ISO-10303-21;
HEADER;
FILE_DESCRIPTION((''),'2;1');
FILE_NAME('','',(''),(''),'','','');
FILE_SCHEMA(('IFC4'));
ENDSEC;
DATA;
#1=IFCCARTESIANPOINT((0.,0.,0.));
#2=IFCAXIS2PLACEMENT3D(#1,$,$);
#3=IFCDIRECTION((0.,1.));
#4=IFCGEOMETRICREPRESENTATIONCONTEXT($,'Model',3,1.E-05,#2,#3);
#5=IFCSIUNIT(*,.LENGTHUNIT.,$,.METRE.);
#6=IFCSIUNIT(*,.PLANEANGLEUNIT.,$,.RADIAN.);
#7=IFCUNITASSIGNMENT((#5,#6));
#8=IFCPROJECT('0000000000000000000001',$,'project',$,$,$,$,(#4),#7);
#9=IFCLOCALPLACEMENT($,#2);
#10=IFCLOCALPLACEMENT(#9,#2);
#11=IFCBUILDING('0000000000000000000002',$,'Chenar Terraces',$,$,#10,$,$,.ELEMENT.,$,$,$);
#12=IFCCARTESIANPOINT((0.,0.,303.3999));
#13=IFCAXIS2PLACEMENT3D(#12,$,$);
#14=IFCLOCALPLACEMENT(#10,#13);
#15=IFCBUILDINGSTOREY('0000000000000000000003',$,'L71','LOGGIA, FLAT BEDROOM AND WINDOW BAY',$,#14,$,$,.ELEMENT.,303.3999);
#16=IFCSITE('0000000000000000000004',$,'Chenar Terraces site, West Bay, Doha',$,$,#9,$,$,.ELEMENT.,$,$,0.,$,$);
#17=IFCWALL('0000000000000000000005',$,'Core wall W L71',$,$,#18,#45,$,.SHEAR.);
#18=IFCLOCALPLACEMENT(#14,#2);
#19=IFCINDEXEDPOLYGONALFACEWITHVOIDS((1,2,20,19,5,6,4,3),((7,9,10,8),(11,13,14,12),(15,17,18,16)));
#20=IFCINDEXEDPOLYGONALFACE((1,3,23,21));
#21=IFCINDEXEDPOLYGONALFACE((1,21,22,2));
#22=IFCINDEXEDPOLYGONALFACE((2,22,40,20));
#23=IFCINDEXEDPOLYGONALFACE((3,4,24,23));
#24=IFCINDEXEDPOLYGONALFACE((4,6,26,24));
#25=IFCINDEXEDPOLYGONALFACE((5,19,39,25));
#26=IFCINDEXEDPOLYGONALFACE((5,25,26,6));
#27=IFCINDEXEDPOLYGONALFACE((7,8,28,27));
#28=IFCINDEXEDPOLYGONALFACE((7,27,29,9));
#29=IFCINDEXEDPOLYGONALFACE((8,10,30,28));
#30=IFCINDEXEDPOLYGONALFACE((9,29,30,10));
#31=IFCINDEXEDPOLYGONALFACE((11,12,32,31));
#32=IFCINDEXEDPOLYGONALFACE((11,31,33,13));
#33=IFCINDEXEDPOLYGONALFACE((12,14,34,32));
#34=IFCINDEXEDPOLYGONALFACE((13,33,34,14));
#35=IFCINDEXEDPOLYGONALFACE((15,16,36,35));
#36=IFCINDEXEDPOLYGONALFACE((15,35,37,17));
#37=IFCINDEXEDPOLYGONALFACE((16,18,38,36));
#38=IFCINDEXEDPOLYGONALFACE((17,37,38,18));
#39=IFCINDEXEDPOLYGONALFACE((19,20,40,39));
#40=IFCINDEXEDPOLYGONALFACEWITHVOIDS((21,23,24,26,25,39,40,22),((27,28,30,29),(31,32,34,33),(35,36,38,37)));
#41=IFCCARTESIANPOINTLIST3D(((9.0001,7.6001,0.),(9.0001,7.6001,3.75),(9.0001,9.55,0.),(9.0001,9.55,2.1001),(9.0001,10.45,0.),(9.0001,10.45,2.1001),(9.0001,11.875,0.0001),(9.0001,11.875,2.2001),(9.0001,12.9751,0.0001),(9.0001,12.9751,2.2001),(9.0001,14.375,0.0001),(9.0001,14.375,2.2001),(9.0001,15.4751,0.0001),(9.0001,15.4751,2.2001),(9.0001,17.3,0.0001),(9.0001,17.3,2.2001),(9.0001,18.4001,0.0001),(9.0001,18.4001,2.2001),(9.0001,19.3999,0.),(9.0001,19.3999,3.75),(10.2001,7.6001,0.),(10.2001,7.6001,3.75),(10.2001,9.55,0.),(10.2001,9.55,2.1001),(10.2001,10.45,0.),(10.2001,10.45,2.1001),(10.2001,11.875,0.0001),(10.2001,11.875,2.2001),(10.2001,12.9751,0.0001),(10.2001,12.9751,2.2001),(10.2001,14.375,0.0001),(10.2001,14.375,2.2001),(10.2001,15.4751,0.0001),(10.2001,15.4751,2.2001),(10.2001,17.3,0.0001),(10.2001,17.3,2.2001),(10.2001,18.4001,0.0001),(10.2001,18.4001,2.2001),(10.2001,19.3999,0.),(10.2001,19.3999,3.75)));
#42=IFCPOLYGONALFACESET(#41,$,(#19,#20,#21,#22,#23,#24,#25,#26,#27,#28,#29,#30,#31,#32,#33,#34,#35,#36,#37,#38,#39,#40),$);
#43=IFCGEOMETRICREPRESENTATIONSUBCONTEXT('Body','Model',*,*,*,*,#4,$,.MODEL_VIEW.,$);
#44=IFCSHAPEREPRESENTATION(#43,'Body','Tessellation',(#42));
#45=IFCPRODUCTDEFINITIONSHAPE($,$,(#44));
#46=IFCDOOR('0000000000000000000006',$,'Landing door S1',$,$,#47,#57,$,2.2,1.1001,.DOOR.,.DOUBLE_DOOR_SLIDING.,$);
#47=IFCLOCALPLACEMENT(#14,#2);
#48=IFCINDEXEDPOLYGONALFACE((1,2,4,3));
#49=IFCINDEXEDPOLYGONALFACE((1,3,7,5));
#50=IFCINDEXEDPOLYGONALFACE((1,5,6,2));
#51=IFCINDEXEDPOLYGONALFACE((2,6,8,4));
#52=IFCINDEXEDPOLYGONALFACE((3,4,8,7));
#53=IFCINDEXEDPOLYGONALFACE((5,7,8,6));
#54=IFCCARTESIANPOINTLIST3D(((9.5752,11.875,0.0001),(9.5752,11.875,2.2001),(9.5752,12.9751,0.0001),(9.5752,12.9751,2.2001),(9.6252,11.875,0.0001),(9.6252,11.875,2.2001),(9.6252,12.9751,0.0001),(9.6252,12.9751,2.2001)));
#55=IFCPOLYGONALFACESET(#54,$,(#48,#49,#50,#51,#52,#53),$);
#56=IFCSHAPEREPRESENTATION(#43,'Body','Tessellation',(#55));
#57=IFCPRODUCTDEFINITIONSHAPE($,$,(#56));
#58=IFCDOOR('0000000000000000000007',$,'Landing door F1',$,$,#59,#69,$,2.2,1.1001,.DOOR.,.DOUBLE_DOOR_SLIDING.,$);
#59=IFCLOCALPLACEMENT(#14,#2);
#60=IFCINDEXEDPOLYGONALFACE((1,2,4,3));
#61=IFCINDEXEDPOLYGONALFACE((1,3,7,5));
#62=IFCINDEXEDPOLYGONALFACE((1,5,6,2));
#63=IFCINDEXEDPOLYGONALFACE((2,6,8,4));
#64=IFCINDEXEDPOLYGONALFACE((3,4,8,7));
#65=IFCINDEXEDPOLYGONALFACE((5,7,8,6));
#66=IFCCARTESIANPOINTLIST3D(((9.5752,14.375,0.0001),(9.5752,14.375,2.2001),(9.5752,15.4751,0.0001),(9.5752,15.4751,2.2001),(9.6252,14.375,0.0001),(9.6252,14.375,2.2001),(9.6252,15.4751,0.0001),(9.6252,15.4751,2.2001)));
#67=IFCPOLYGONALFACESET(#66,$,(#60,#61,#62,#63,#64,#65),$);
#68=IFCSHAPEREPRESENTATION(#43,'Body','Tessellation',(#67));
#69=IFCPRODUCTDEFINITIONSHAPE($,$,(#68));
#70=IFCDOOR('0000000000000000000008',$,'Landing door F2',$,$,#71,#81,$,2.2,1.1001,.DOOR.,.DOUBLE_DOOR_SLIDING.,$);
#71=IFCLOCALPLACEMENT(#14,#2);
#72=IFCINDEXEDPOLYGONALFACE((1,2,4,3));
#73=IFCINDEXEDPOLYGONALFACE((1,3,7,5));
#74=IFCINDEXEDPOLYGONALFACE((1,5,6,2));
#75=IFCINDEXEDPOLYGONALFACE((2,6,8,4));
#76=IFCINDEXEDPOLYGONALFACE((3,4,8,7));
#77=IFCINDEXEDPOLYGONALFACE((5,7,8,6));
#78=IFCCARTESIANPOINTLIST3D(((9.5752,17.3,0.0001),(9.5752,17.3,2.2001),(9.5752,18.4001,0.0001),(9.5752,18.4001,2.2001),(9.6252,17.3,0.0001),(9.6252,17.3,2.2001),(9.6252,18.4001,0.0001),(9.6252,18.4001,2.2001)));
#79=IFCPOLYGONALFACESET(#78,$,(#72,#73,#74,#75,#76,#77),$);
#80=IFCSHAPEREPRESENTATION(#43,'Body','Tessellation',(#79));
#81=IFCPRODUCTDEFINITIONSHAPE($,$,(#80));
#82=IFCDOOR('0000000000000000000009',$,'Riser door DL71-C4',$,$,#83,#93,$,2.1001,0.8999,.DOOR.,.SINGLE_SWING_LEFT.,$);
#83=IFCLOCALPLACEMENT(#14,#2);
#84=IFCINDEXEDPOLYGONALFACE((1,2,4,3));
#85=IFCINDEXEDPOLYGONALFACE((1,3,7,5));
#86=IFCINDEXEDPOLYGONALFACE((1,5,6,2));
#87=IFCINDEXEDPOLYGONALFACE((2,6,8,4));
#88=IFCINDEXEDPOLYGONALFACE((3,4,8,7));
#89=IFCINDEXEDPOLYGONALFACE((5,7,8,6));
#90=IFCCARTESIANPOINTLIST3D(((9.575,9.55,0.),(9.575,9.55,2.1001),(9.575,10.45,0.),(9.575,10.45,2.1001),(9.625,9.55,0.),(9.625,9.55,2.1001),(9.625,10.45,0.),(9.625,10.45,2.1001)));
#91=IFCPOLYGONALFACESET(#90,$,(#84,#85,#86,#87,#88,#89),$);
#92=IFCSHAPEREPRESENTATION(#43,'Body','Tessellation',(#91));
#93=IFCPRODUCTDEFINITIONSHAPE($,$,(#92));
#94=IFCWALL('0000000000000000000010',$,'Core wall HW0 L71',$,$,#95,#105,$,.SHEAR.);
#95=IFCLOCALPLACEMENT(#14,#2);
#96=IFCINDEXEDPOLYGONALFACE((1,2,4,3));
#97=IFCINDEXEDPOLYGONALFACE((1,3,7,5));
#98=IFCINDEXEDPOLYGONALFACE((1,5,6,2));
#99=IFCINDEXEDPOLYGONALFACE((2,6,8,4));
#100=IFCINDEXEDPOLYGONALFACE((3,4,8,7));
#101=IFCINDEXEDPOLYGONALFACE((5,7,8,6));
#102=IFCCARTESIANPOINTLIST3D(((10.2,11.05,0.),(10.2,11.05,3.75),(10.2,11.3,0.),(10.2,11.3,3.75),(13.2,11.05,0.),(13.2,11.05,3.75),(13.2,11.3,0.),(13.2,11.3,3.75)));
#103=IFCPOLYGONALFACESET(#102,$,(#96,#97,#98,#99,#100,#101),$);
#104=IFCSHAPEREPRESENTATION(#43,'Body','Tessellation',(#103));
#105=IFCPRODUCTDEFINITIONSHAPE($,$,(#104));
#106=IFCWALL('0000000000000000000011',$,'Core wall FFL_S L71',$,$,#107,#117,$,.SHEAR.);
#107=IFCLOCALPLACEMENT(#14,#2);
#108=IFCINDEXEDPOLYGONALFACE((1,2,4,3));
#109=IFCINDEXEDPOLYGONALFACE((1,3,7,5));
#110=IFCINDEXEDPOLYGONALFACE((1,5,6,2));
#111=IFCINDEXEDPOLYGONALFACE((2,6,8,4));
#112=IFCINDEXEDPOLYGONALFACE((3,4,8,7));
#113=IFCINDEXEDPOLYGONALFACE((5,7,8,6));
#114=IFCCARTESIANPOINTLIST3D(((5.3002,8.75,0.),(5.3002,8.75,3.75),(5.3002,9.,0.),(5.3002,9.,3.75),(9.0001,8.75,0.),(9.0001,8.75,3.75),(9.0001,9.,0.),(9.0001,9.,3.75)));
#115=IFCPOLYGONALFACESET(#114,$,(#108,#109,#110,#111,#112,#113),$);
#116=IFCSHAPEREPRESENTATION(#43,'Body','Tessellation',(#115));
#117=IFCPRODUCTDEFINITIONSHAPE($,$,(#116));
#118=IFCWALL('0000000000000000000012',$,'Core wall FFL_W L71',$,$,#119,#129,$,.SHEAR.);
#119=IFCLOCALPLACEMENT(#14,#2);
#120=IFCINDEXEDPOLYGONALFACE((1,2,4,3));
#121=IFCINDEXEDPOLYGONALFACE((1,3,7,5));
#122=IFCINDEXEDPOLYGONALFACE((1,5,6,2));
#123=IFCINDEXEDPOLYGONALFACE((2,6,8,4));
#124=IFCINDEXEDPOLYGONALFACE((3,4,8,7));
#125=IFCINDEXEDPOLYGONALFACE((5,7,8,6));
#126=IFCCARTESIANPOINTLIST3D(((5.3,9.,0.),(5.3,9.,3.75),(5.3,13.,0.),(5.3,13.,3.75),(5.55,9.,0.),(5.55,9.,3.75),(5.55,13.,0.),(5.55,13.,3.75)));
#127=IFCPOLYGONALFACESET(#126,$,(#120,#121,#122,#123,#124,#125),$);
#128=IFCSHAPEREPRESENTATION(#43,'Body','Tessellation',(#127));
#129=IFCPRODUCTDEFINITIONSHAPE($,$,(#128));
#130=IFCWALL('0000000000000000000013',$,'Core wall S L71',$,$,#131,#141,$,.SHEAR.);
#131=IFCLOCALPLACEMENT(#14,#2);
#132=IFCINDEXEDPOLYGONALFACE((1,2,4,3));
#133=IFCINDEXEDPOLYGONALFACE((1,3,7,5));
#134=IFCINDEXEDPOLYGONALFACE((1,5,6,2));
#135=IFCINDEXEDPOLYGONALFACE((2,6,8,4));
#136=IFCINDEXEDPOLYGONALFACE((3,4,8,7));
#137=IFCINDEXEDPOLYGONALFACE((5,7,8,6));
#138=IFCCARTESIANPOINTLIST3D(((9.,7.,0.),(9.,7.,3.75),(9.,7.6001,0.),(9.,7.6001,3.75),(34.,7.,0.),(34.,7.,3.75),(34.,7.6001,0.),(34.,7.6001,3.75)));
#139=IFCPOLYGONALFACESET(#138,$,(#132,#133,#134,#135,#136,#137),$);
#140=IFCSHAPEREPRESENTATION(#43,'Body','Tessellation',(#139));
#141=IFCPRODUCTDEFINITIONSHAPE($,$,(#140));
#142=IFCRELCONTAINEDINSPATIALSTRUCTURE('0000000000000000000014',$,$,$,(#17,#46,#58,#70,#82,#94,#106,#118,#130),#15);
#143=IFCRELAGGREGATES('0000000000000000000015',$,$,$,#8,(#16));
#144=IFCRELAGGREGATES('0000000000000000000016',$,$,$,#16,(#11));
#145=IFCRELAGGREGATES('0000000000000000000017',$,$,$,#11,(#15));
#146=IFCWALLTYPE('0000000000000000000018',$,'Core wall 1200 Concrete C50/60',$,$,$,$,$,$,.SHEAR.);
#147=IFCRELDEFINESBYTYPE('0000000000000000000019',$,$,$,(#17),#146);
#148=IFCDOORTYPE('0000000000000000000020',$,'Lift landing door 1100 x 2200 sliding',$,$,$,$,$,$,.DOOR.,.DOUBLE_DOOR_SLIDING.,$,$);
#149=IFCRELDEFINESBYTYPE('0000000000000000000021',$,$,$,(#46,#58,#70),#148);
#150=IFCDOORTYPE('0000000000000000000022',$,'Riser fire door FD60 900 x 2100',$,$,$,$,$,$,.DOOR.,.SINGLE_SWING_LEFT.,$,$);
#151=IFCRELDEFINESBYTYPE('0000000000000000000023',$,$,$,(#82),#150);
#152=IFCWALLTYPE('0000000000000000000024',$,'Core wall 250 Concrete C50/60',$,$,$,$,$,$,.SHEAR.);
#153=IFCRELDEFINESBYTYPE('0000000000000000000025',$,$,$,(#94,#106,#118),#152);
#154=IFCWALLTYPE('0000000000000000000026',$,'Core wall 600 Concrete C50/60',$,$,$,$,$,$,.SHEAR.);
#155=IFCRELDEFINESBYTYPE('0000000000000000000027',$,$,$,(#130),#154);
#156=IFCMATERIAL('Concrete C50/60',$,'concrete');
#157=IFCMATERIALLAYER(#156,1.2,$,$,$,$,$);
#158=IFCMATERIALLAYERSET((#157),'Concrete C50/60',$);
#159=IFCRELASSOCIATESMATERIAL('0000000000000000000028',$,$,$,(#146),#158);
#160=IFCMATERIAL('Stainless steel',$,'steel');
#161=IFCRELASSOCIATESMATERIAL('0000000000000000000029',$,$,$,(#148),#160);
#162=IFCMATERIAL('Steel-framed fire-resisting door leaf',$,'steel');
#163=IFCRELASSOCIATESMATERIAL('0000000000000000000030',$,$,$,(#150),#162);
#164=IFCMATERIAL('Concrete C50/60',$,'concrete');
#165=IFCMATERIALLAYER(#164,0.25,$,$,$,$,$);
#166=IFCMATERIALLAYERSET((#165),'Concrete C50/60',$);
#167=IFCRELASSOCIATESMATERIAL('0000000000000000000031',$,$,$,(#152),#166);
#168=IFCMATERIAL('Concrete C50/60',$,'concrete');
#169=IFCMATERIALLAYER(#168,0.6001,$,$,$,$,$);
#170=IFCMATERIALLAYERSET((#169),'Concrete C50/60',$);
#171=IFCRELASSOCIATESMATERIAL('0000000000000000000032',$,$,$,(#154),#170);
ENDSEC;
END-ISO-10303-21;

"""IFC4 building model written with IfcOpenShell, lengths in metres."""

from ifc_helpers import new_model, si_unit, direction, frame, frame_2d, origin, place, context, subcontext, project, spatial, rectangle, extrude, material, layer, layer_set, type_object, element, fill, save


model = new_model("IFC4")

# Units and contexts
model_context = context("Model", 3, precision=1e-05, world=origin(), true_north=direction((0.0, 1.0)))
body_context = subcontext(model_context, "Body", "Model", "MODEL_VIEW")
ifc_project = project(units=[si_unit("LENGTHUNIT", "METRE"), si_unit("PLANEANGLEUNIT", "RADIAN")], contexts=[model_context])

# Site, building, storey
site_placement = place(None, origin())
site = spatial("IfcSite", under=ifc_project, at=site_placement, Name="Chenar Terraces site, West Bay, Doha", CompositionType="ELEMENT", RefElevation=0.0)
building_placement = place(site_placement, origin())
building = spatial("IfcBuilding", under=site, at=building_placement, Name="Chenar Terraces", CompositionType="ELEMENT")
storey_placement = place(building_placement, frame((0.0, 0.0, 303.3999)))
storey = spatial("IfcBuildingStorey", under=building, at=storey_placement, Name="L71", Description="LOGGIA, FLAT BEDROOM AND WINDOW BAY", CompositionType="ELEMENT", Elevation=303.3999)

# Wall, openings, doors
ifc_material_1 = material(Name="Concrete C50/60", Category="concrete")
ifc_layer_1 = layer(ifc_material_1, 1.2)
ifc_layer_set_1 = layer_set([ifc_layer_1], Name="Concrete C50/60")
wall_type_1 = type_object("IfcWallType", Name="Core wall 1200 Concrete C50/60", PredefinedType="SHEAR", material=ifc_layer_set_1)
wall_1_placement = place(storey_placement, frame((9.6001, 7.6001, 0.0), z_axis=(0.0, 0.0, 1.0), x_axis=(0.0, 1.0, 0.0)))
wall_1 = element("IfcWall", 1, at=wall_1_placement, inside=storey, type_object=wall_type_1, Name="Core wall W L71", PredefinedType="SHEAR", context=body_context, shape_type="SweptSolid", body=[
    extrude(rectangle(XDim=11.7998, YDim=1.2, at=frame_2d((5.8999, 0.0))), origin(), (0.0, 0.0, 1.0), 3.75),
])
opening_1_placement = place(wall_1_placement, frame((4.2749, 0.0, 0.0)))
opening_1 = element("IfcOpeningElement", 2, at=opening_1_placement, cuts=wall_1, PredefinedType="OPENING", context=body_context, shape_type="SweptSolid", body=[
    extrude(rectangle(XDim=1.1001, YDim=2.2, at=frame_2d((0.55, 1.1001))), frame((0.0, 0.6099, 0.0), z_axis=(0.0, -1.0, 0.0), x_axis=(1.0, 0.0, 0.0)), (0.0, 0.0, 1.0), 1.22),
])
opening_2_placement = place(wall_1_placement, frame((6.7749, 0.0, 0.0)))
opening_2 = element("IfcOpeningElement", 3, at=opening_2_placement, cuts=wall_1, PredefinedType="OPENING", context=body_context, shape_type="SweptSolid", body=[
    extrude(rectangle(XDim=1.1001, YDim=2.2, at=frame_2d((0.55, 1.1001))), frame((0.0, 0.6099, 0.0), z_axis=(0.0, -1.0, 0.0), x_axis=(1.0, 0.0, 0.0)), (0.0, 0.0, 1.0), 1.22),
])
opening_3_placement = place(wall_1_placement, frame((9.7, 0.0, 0.0)))
opening_3 = element("IfcOpeningElement", 4, at=opening_3_placement, cuts=wall_1, PredefinedType="OPENING", context=body_context, shape_type="SweptSolid", body=[
    extrude(rectangle(XDim=1.1001, YDim=2.2, at=frame_2d((0.55, 1.1001))), frame((0.0, 0.6099, 0.0), z_axis=(0.0, -1.0, 0.0), x_axis=(1.0, 0.0, 0.0)), (0.0, 0.0, 1.0), 1.22),
])
opening_4_placement = place(wall_1_placement, frame((1.95, 0.0, 0.0)))
opening_4 = element("IfcOpeningElement", 5, at=opening_4_placement, cuts=wall_1, PredefinedType="OPENING", context=body_context, shape_type="SweptSolid", body=[
    extrude(rectangle(XDim=0.8999, YDim=2.1001, at=frame_2d((0.45, 1.05))), frame((0.0, 0.6099, 0.0), z_axis=(0.0, -1.0, 0.0), x_axis=(1.0, 0.0, 0.0)), (0.0, 0.0, 1.0), 1.22),
])
ifc_material_2 = material(Name="Stainless steel", Category="steel")
door_type_1 = type_object("IfcDoorType", Name="Lift landing door 1100 x 2200 sliding", OperationType="DOUBLE_DOOR_SLIDING", PredefinedType="DOOR", material=ifc_material_2)
door_1_placement = place(opening_1_placement, origin())
door_1 = element("IfcDoor", 6, at=door_1_placement, inside=storey, type_object=door_type_1, Name="Landing door S1", OperationType="DOUBLE_DOOR_SLIDING", OverallHeight=2.2, OverallWidth=1.1001, PredefinedType="DOOR", context=body_context, shape_type="SweptSolid", body=[
    extrude(rectangle(XDim=1.1001, YDim=2.2, at=frame_2d((0.55, 1.1001))), frame((0.0, 0.0249, 0.0), z_axis=(0.0, -1.0, 0.0), x_axis=(1.0, 0.0, 0.0)), (0.0, 0.0, 1.0), 0.05),
])
fill(opening_1, door_1)
door_2_placement = place(opening_2_placement, origin())
door_2 = element("IfcDoor", 7, at=door_2_placement, inside=storey, type_object=door_type_1, Name="Landing door F1", OperationType="DOUBLE_DOOR_SLIDING", OverallHeight=2.2, OverallWidth=1.1001, PredefinedType="DOOR", context=body_context, shape_type="SweptSolid", body=[
    extrude(rectangle(XDim=1.1001, YDim=2.2, at=frame_2d((0.55, 1.1001))), frame((0.0, 0.0249, 0.0), z_axis=(0.0, -1.0, 0.0), x_axis=(1.0, 0.0, 0.0)), (0.0, 0.0, 1.0), 0.05),
])
fill(opening_2, door_2)
door_3_placement = place(opening_3_placement, origin())
door_3 = element("IfcDoor", 8, at=door_3_placement, inside=storey, type_object=door_type_1, Name="Landing door F2", OperationType="DOUBLE_DOOR_SLIDING", OverallHeight=2.2, OverallWidth=1.1001, PredefinedType="DOOR", context=body_context, shape_type="SweptSolid", body=[
    extrude(rectangle(XDim=1.1001, YDim=2.2, at=frame_2d((0.55, 1.1001))), frame((0.0, 0.0249, 0.0), z_axis=(0.0, -1.0, 0.0), x_axis=(1.0, 0.0, 0.0)), (0.0, 0.0, 1.0), 0.05),
])
fill(opening_3, door_3)
ifc_material_3 = material(Name="Steel-framed fire-resisting door leaf", Category="steel")
door_type_2 = type_object("IfcDoorType", Name="Riser fire door FD60 900 x 2100", OperationType="SINGLE_SWING_LEFT", PredefinedType="DOOR", material=ifc_material_3)
door_4_placement = place(opening_4_placement, frame((0.8999, 0.0, 0.0), z_axis=(0.0, 0.0, 1.0), x_axis=(-1.0, 0.0, 0.0)))
door_4 = element("IfcDoor", 9, at=door_4_placement, inside=storey, type_object=door_type_2, Name="Riser door DL71-C4", OperationType="SINGLE_SWING_LEFT", OverallHeight=2.1001, OverallWidth=0.8999, PredefinedType="DOOR", context=body_context, shape_type="SweptSolid", body=[
    extrude(rectangle(XDim=0.8999, YDim=2.1001, at=frame_2d((0.45, 1.05))), frame((0.0, 0.0249, 0.0), z_axis=(0.0, -1.0, 0.0), x_axis=(1.0, 0.0, 0.0)), (0.0, 0.0, 1.0), 0.05),
])
fill(opening_4, door_4)

# Walls
ifc_material_4 = material(Name="Concrete C50/60", Category="concrete")
ifc_layer_2 = layer(ifc_material_4, 0.25)
ifc_layer_set_2 = layer_set([ifc_layer_2], Name="Concrete C50/60")
wall_type_2 = type_object("IfcWallType", Name="Core wall 250 Concrete C50/60", PredefinedType="SHEAR", material=ifc_layer_set_2)
wall_2_placement = place(storey_placement, frame((10.2, 11.175, 0.0), z_axis=(0.0, 0.0, 1.0), x_axis=(1.0, 0.0, 0.0)))
element("IfcWall", 10, at=wall_2_placement, inside=storey, type_object=wall_type_2, Name="Core wall HW0 L71", PredefinedType="SHEAR", context=body_context, shape_type="SweptSolid", body=[
    extrude(rectangle(XDim=3.0, YDim=0.25, at=frame_2d((1.5, 0.0))), origin(), (0.0, 0.0, 1.0), 3.75),
])
wall_3_placement = place(storey_placement, frame((5.3, 8.875, 0.0), z_axis=(0.0, 0.0, 1.0), x_axis=(1.0, 0.0, 0.0)))
element("IfcWall", 11, at=wall_3_placement, inside=storey, type_object=wall_type_2, Name="Core wall FFL_S L71", PredefinedType="SHEAR", context=body_context, shape_type="SweptSolid", body=[
    extrude(rectangle(XDim=3.7, YDim=0.25, at=frame_2d((1.8501, 0.0))), origin(), (0.0, 0.0, 1.0), 3.75),
])
wall_4_placement = place(storey_placement, frame((5.425, 9.0, 0.0), z_axis=(0.0, 0.0, 1.0), x_axis=(0.0, 1.0, 0.0)))
element("IfcWall", 12, at=wall_4_placement, inside=storey, type_object=wall_type_2, Name="Core wall FFL_W L71", PredefinedType="SHEAR", context=body_context, shape_type="SweptSolid", body=[
    extrude(rectangle(XDim=4.0, YDim=0.25, at=frame_2d((2.0, 0.0))), origin(), (0.0, 0.0, 1.0), 3.75),
])
ifc_material_5 = material(Name="Concrete C50/60", Category="concrete")
ifc_layer_3 = layer(ifc_material_5, 0.6001)
ifc_layer_set_3 = layer_set([ifc_layer_3], Name="Concrete C50/60")
wall_type_3 = type_object("IfcWallType", Name="Core wall 600 Concrete C50/60", PredefinedType="SHEAR", material=ifc_layer_set_3)
wall_5_placement = place(storey_placement, frame((9.0, 7.3, 0.0), z_axis=(0.0, 0.0, 1.0), x_axis=(1.0, 0.0, 0.0)))
element("IfcWall", 13, at=wall_5_placement, inside=storey, type_object=wall_type_3, Name="Core wall S L71", PredefinedType="SHEAR", context=body_context, shape_type="SweptSolid", body=[
    extrude(rectangle(XDim=25.0, YDim=0.6001, at=frame_2d((12.5, 0.0))), origin(), (0.0, 0.0, 1.0), 3.75),
])

save(model, "model.ifc")
